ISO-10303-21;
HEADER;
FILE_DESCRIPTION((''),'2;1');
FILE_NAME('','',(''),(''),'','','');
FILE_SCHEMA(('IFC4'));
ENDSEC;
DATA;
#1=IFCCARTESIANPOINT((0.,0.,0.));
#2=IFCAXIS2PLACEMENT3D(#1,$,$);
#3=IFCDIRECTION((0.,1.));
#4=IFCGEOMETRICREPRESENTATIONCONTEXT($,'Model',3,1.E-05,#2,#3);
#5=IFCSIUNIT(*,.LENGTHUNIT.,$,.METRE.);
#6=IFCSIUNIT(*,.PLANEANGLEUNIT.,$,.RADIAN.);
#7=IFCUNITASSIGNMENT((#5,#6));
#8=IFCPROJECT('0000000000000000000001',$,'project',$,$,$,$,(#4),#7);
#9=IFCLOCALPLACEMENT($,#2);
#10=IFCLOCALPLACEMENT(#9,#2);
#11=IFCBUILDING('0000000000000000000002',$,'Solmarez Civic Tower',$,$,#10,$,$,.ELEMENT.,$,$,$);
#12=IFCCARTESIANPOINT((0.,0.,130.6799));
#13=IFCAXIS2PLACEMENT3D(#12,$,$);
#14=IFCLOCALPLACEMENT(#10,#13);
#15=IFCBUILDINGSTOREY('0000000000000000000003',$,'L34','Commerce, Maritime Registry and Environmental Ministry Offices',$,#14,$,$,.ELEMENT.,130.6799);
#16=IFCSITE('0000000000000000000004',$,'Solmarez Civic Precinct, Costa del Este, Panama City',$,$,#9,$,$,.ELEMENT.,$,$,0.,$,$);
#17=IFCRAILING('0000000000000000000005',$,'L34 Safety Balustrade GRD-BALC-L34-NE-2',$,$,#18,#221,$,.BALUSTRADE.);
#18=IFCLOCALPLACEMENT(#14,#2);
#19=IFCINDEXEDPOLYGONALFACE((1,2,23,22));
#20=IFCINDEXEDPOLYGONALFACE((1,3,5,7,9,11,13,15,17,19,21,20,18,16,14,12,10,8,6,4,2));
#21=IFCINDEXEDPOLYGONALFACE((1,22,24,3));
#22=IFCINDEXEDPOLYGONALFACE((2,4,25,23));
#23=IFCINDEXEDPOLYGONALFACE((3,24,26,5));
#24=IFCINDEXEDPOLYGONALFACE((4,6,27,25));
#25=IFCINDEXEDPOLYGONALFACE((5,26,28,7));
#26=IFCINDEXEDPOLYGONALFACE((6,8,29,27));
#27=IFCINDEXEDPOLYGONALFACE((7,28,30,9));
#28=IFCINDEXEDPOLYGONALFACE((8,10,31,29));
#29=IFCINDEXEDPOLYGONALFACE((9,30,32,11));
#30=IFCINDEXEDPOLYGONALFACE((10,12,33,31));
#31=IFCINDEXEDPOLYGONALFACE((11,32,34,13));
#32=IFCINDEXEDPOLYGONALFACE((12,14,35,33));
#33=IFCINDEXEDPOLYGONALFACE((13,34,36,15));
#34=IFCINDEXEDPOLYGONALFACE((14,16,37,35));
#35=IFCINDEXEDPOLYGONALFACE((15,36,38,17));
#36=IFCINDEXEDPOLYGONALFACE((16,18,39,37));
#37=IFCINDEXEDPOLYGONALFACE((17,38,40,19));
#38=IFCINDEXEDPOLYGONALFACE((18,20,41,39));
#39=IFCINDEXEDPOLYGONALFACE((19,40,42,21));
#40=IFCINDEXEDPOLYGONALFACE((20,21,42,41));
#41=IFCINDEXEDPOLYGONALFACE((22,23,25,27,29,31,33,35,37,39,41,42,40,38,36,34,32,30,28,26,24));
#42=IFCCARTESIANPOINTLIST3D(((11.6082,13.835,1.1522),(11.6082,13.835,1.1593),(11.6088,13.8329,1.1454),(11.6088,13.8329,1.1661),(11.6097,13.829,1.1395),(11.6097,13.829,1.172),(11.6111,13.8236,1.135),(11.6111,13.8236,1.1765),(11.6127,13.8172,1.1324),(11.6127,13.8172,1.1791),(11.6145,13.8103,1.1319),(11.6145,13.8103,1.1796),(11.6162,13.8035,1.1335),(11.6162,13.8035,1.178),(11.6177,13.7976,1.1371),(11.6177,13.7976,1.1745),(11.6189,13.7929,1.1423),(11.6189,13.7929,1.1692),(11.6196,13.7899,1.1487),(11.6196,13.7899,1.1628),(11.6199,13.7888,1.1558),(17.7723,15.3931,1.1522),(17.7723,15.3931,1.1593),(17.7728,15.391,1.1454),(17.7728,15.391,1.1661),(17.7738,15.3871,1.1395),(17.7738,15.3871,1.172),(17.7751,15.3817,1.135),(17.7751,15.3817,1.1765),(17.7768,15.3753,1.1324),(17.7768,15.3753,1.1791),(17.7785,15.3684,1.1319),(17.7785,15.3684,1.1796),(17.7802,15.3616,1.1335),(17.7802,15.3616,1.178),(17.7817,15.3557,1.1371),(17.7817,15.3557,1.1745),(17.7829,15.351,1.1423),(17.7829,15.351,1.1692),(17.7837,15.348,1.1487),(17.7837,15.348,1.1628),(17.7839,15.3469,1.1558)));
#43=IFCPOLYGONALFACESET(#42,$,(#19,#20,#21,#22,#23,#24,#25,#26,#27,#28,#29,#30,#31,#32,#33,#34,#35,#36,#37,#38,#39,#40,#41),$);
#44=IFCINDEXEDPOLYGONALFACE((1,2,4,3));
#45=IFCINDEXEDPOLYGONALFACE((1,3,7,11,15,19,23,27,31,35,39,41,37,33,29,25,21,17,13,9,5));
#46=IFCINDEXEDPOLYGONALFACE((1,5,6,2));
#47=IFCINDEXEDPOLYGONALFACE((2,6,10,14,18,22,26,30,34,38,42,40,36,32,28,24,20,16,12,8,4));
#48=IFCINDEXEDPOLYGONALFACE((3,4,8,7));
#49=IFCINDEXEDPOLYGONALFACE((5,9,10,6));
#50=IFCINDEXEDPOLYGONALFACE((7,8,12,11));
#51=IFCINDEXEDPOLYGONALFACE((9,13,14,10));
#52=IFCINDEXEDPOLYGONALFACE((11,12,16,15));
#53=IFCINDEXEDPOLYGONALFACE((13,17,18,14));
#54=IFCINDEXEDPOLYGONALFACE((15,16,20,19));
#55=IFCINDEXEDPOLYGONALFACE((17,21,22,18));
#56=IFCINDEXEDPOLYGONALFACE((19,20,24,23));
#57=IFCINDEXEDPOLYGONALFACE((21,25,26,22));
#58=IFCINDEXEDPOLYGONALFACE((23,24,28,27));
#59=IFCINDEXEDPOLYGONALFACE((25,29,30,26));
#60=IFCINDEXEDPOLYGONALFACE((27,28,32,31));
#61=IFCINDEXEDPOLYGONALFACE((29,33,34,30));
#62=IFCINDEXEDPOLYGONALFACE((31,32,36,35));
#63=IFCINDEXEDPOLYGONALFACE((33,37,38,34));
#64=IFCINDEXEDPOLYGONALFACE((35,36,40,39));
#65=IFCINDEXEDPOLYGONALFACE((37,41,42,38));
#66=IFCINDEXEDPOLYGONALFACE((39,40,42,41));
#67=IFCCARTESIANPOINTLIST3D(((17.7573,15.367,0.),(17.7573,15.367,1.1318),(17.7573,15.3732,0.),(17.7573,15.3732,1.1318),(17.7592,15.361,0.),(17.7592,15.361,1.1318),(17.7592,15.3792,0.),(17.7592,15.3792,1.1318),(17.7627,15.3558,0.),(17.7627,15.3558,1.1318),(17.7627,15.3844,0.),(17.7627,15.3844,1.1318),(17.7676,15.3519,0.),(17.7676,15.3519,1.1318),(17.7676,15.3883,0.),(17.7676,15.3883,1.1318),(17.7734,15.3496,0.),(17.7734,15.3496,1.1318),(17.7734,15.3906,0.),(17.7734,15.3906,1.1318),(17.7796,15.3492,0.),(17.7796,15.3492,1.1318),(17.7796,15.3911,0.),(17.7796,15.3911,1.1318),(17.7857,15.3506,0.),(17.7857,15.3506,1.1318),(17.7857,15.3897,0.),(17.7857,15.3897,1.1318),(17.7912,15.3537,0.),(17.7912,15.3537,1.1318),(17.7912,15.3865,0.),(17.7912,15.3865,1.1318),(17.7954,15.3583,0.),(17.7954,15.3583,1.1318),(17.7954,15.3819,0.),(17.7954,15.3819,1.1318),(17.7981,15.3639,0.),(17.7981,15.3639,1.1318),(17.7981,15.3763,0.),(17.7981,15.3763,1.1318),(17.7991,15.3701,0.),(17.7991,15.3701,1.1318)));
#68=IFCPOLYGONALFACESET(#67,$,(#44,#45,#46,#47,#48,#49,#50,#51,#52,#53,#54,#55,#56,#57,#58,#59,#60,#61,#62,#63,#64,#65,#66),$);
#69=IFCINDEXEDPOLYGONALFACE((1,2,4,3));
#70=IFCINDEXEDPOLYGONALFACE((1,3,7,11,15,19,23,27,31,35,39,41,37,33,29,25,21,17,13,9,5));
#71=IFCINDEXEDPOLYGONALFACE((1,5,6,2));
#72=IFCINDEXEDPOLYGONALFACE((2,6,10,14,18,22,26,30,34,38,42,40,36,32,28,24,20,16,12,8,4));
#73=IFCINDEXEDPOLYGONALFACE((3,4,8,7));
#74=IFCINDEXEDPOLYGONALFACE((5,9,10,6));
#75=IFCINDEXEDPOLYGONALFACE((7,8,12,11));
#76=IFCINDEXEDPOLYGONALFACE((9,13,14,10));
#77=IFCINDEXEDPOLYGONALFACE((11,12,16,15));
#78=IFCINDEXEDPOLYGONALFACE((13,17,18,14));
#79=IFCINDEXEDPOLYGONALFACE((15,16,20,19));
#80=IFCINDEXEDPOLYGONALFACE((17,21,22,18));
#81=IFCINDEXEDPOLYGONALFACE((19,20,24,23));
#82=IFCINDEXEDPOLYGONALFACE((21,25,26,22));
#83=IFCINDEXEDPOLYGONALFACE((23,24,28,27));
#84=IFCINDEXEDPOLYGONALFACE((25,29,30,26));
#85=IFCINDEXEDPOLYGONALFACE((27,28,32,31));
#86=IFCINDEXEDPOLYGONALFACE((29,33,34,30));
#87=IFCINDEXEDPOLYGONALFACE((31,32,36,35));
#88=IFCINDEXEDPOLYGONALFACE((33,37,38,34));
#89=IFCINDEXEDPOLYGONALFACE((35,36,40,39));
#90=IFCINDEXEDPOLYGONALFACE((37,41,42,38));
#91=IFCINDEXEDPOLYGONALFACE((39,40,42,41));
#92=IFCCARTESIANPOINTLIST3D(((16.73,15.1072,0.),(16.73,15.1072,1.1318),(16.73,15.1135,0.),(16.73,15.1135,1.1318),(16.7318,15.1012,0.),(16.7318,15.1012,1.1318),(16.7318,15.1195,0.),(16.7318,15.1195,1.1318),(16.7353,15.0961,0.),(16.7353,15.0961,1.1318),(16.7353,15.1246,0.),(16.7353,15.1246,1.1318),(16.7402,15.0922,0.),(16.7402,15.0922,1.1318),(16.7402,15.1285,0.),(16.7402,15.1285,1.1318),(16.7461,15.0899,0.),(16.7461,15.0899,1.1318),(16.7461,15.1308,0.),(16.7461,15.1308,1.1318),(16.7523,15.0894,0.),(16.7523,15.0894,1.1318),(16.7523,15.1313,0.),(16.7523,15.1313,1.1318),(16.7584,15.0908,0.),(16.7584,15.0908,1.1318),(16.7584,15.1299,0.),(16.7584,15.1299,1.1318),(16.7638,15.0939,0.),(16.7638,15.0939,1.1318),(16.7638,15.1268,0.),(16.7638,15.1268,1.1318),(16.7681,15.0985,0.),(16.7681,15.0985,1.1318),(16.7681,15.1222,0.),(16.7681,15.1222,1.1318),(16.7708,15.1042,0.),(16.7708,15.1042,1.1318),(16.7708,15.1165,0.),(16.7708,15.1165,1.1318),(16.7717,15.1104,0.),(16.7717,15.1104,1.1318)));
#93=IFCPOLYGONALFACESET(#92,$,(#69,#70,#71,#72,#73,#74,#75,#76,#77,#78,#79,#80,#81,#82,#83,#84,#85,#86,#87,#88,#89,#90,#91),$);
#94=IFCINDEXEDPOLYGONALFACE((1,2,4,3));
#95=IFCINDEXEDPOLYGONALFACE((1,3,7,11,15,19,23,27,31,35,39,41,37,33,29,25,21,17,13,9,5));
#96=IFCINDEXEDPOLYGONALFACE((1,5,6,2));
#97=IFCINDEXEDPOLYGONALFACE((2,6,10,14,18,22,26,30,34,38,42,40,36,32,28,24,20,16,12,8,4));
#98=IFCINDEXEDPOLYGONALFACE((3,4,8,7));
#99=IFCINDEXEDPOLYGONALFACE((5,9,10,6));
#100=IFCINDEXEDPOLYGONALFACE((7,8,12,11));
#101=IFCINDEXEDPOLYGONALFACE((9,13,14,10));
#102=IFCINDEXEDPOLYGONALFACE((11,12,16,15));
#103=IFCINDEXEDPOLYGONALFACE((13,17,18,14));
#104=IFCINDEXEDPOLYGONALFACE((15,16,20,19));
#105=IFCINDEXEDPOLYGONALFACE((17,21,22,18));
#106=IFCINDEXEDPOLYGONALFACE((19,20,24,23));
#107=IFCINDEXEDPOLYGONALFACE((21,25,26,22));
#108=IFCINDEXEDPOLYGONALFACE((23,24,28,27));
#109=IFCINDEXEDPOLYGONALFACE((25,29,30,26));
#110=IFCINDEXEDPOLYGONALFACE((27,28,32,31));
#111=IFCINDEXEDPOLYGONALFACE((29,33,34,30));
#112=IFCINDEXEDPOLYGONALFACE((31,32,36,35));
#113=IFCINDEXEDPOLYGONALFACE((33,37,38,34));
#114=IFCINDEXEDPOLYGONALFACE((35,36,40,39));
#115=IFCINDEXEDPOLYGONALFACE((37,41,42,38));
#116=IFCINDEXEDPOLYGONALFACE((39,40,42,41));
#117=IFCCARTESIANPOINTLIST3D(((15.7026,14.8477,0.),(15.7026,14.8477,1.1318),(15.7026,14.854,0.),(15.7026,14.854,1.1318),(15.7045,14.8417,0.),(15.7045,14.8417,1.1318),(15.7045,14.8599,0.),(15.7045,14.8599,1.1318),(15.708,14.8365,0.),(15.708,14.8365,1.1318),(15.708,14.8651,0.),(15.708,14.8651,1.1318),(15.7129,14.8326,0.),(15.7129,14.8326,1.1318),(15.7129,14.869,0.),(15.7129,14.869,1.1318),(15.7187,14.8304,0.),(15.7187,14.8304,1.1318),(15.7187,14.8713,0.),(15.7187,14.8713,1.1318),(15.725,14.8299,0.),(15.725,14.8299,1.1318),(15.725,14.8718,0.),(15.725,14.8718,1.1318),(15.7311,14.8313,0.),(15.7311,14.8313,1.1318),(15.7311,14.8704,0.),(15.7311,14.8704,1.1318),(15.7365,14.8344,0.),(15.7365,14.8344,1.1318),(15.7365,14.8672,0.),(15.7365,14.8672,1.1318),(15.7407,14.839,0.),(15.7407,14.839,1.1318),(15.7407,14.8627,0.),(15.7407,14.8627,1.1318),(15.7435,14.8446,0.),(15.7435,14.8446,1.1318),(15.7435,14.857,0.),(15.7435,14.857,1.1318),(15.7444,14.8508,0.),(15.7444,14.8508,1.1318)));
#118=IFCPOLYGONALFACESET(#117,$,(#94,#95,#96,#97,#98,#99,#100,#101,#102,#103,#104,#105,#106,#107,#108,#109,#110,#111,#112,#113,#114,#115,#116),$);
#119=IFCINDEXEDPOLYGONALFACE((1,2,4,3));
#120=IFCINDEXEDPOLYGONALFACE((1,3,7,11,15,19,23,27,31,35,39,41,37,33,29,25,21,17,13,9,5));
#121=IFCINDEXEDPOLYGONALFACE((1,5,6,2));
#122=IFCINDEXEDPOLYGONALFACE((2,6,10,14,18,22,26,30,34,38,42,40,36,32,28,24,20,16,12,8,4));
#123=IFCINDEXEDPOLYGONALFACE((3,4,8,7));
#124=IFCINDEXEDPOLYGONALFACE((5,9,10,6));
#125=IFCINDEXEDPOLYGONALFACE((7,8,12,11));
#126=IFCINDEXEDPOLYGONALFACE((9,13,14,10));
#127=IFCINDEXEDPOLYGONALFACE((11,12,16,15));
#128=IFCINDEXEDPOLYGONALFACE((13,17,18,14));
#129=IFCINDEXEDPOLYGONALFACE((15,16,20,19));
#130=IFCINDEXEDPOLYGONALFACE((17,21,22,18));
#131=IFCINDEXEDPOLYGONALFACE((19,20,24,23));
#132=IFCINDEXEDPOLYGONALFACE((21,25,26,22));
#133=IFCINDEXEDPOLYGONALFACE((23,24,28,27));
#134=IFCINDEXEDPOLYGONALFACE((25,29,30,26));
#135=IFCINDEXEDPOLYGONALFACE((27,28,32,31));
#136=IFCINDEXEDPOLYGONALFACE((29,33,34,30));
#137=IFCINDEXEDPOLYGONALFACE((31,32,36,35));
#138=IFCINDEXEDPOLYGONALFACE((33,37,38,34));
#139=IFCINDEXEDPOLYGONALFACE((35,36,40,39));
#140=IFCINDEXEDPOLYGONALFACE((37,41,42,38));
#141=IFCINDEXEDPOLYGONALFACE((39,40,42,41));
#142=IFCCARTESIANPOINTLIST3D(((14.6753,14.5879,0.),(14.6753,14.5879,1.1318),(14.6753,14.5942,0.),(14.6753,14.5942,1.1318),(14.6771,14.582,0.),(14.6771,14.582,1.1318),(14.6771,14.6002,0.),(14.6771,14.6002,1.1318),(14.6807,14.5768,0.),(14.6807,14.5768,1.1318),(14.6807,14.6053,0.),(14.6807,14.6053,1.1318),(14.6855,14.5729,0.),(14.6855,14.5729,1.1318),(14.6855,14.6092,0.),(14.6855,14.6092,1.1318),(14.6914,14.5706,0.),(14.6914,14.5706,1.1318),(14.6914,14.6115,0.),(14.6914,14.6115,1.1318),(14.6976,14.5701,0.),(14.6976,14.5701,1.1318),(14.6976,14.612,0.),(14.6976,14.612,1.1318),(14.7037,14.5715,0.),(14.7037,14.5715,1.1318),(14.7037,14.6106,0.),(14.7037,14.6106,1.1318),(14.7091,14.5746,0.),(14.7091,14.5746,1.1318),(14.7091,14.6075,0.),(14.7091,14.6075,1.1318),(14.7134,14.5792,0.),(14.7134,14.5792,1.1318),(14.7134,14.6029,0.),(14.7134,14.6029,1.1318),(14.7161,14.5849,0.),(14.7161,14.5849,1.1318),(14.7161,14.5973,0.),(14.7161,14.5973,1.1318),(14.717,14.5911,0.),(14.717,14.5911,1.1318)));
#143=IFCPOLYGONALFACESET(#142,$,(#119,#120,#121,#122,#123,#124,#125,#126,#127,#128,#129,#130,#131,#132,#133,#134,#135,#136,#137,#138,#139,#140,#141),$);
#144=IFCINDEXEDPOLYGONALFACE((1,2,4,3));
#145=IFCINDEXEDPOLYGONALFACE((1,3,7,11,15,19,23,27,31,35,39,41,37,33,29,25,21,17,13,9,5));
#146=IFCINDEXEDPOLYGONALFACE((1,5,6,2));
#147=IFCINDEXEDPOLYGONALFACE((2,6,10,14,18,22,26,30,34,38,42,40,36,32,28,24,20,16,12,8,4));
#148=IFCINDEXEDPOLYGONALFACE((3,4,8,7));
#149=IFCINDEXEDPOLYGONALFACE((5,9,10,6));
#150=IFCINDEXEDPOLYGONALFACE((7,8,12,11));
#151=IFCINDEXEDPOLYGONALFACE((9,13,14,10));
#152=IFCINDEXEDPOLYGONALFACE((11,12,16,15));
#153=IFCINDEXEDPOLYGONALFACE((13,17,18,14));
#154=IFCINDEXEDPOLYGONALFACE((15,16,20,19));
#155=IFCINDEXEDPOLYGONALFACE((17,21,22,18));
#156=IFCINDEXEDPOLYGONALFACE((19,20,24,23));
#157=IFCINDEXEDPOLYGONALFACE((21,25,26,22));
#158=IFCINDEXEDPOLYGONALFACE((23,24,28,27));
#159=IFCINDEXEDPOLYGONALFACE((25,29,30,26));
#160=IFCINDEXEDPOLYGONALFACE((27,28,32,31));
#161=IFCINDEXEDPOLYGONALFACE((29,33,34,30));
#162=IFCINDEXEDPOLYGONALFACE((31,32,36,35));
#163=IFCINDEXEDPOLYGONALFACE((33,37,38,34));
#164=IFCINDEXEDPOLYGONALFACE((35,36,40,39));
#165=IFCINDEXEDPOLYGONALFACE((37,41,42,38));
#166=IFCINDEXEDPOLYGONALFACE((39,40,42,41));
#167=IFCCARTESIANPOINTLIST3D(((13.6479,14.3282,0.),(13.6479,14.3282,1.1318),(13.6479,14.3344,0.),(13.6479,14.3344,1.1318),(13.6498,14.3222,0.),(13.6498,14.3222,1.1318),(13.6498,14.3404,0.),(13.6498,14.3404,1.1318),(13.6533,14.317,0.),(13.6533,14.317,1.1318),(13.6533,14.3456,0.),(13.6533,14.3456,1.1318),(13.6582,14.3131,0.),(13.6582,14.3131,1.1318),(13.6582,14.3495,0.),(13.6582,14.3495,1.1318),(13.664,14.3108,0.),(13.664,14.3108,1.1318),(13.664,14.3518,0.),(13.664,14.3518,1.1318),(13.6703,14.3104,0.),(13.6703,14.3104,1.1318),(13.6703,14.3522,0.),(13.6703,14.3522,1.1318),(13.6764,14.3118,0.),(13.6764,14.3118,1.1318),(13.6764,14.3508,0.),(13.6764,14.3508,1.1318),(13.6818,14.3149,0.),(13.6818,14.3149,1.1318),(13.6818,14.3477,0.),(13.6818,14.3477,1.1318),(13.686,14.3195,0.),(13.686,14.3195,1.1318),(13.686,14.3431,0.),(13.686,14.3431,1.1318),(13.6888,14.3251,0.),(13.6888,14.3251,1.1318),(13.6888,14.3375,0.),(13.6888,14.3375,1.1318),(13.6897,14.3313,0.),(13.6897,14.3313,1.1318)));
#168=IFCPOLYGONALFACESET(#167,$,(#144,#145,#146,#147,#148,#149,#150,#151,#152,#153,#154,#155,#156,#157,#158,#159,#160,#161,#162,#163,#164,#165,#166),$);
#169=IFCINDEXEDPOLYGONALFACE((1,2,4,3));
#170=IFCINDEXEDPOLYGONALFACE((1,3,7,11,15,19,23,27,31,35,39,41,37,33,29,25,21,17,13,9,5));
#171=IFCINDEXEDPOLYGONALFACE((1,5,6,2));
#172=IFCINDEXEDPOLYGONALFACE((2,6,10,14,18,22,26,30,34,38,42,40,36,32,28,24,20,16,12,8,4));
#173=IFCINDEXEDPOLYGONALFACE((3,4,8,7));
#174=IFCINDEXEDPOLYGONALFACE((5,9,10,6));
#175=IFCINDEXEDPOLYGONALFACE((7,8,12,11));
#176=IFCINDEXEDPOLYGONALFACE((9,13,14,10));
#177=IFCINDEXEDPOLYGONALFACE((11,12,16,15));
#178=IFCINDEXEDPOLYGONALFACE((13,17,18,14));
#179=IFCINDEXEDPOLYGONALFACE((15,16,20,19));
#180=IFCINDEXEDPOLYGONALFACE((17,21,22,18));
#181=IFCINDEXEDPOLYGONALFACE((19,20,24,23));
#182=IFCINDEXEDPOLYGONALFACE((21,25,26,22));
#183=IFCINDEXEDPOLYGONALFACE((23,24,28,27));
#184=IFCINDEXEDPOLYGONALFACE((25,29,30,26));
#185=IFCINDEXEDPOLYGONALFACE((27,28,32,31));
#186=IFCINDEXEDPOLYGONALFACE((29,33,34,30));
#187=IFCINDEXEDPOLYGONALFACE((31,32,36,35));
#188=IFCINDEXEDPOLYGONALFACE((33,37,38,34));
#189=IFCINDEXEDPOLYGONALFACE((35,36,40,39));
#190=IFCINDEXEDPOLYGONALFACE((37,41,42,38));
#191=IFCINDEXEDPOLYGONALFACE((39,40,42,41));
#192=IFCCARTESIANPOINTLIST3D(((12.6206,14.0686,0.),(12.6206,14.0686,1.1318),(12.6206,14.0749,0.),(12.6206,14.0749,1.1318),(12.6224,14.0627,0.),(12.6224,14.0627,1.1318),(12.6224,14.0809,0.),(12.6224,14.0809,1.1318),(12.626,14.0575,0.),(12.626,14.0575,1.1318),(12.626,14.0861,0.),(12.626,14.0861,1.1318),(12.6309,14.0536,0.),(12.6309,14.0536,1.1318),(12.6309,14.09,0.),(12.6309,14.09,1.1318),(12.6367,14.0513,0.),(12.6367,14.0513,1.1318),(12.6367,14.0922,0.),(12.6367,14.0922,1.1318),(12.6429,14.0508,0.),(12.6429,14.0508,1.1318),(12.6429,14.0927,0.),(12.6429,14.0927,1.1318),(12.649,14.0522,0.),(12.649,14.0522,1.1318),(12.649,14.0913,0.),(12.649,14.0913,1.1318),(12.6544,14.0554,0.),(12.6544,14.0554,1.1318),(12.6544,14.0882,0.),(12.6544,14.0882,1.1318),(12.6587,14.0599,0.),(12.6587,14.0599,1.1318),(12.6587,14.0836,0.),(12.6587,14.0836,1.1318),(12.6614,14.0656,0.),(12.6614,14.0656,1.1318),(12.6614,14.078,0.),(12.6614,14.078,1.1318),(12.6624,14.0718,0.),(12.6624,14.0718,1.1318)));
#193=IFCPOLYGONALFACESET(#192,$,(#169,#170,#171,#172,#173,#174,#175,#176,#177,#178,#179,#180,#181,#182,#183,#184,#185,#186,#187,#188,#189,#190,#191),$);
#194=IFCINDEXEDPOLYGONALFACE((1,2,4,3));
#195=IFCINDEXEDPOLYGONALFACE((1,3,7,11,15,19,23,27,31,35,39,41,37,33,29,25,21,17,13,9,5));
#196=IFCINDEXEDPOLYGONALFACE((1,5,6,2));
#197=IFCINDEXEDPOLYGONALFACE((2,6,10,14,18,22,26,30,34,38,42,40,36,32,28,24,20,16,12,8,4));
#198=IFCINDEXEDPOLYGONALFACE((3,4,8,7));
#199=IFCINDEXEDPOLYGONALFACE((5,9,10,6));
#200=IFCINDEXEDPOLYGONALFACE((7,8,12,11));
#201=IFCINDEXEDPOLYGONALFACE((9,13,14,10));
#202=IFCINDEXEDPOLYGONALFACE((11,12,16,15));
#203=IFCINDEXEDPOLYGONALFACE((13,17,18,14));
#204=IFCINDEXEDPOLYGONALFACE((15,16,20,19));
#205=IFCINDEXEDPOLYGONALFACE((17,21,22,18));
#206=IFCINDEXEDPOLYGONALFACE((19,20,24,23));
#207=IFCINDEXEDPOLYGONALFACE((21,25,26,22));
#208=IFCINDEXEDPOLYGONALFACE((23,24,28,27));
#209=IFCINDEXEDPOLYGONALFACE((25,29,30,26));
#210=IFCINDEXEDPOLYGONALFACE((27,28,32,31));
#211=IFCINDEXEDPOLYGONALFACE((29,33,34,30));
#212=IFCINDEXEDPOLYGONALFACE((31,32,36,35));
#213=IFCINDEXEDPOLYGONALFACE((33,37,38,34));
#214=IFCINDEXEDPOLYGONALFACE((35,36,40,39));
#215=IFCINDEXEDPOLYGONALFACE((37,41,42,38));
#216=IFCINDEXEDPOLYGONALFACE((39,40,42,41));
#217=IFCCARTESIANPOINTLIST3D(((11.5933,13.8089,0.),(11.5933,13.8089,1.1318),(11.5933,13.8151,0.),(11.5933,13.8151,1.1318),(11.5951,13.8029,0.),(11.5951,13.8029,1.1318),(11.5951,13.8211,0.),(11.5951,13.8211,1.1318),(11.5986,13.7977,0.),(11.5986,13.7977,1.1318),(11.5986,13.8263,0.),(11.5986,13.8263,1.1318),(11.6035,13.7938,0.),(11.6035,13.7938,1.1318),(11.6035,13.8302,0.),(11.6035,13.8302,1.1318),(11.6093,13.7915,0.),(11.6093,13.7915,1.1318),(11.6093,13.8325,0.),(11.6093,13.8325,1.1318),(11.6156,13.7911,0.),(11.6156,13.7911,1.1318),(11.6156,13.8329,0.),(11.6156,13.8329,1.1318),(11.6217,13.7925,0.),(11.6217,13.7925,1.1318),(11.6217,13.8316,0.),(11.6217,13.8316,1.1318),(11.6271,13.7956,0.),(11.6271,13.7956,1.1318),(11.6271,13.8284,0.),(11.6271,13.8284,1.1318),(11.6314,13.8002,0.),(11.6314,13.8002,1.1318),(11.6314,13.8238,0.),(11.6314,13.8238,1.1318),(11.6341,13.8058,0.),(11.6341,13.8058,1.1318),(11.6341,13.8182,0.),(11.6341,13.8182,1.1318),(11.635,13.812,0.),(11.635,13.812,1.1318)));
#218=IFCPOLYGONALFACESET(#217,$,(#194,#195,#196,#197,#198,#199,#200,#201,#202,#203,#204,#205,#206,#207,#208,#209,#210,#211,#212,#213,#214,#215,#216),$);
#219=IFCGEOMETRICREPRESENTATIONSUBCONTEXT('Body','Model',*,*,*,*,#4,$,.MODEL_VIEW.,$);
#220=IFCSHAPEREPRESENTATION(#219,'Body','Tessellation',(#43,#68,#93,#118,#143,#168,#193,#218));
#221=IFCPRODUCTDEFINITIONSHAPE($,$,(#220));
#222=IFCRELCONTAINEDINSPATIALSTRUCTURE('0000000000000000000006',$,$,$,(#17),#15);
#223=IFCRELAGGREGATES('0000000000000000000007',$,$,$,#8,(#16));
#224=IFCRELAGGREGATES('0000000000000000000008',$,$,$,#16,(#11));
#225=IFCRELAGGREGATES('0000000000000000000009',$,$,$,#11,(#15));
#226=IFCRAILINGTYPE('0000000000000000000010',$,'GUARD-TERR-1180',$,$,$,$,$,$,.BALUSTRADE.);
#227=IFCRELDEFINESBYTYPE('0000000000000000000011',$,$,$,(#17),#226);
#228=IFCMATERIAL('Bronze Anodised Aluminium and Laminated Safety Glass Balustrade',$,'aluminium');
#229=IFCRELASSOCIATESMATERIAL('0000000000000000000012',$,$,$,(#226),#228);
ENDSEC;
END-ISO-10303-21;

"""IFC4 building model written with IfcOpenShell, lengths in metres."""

from ifc_helpers import new_model, si_unit, direction, frame, origin, origin_2d, place, context, subcontext, project, spatial, circle, extrude, material, type_object, element, save


model = new_model("IFC4")

# Units and contexts
model_context = context("Model", 3, precision=1e-05, world=origin(), true_north=direction((0.0, 1.0)))
body_context = subcontext(model_context, "Body", "Model", "MODEL_VIEW")
ifc_project = project(units=[si_unit("LENGTHUNIT", "METRE"), si_unit("PLANEANGLEUNIT", "RADIAN")], contexts=[model_context])

# Site, building, storey
site_placement = place(None, origin())
site = spatial("IfcSite", under=ifc_project, at=site_placement, Name="Solmarez Civic Precinct, Costa del Este, Panama City", CompositionType="ELEMENT", RefElevation=0.0)
building_placement = place(site_placement, origin())
building = spatial("IfcBuilding", under=site, at=building_placement, Name="Solmarez Civic Tower", CompositionType="ELEMENT")
storey_placement = place(building_placement, frame((0.0, 0.0, 130.6799)))
storey = spatial("IfcBuildingStorey", under=building, at=storey_placement, Name="L34", Description="Commerce, Maritime Registry and Environmental Ministry Offices", CompositionType="ELEMENT", Elevation=130.6799)

# Railing
ifc_material_1 = material(Name="Bronze Anodised Aluminium and Laminated Safety Glass Balustrade", Category="aluminium")
railing_type = type_object("IfcRailingType", Name="GUARD-TERR-1180", PredefinedType="BALUSTRADE", material=ifc_material_1)
railing_1_placement = place(storey_placement, frame((17.7781, 15.3701, 0.0)))
element("IfcRailing", 1, at=railing_1_placement, inside=storey, type_object=railing_type, Name="L34 Safety Balustrade GRD-BALC-L34-NE-2", PredefinedType="BALUSTRADE", context=body_context, shape_type="SweptSolid", body=[
    extrude(circle(Radius=0.0239, at=origin_2d()), frame((0.0, 0.0, 1.1558), z_axis=(-0.969507, -0.245065, 0.0), x_axis=(0.245065, -0.969507, 0.0)), (0.0, 0.0, 1.0), 6.3579),
    extrude(circle(Radius=0.021, at=origin_2d()), origin(), (0.0, 0.0, 1.0), 1.1318),
    extrude(circle(Radius=0.021, at=origin_2d()), frame((-1.0273, -0.2598, 0.0)), (0.0, 0.0, 1.0), 1.1318),
    extrude(circle(Radius=0.021, at=origin_2d()), frame((-2.0547, -0.5193, 0.0)), (0.0, 0.0, 1.0), 1.1318),
    extrude(circle(Radius=0.021, at=origin_2d()), frame((-3.082, -0.7791, 0.0)), (0.0, 0.0, 1.0), 1.1318),
    extrude(circle(Radius=0.021, at=origin_2d()), frame((-4.1094, -1.0388, 0.0)), (0.0, 0.0, 1.0), 1.1318),
    extrude(circle(Radius=0.021, at=origin_2d()), frame((-5.1367, -1.2983, 0.0)), (0.0, 0.0, 1.0), 1.1318),
    extrude(circle(Radius=0.021, at=origin_2d()), frame((-6.1641, -1.5581, 0.0)), (0.0, 0.0, 1.0), 1.1318),
])

save(model, "model.ifc")
